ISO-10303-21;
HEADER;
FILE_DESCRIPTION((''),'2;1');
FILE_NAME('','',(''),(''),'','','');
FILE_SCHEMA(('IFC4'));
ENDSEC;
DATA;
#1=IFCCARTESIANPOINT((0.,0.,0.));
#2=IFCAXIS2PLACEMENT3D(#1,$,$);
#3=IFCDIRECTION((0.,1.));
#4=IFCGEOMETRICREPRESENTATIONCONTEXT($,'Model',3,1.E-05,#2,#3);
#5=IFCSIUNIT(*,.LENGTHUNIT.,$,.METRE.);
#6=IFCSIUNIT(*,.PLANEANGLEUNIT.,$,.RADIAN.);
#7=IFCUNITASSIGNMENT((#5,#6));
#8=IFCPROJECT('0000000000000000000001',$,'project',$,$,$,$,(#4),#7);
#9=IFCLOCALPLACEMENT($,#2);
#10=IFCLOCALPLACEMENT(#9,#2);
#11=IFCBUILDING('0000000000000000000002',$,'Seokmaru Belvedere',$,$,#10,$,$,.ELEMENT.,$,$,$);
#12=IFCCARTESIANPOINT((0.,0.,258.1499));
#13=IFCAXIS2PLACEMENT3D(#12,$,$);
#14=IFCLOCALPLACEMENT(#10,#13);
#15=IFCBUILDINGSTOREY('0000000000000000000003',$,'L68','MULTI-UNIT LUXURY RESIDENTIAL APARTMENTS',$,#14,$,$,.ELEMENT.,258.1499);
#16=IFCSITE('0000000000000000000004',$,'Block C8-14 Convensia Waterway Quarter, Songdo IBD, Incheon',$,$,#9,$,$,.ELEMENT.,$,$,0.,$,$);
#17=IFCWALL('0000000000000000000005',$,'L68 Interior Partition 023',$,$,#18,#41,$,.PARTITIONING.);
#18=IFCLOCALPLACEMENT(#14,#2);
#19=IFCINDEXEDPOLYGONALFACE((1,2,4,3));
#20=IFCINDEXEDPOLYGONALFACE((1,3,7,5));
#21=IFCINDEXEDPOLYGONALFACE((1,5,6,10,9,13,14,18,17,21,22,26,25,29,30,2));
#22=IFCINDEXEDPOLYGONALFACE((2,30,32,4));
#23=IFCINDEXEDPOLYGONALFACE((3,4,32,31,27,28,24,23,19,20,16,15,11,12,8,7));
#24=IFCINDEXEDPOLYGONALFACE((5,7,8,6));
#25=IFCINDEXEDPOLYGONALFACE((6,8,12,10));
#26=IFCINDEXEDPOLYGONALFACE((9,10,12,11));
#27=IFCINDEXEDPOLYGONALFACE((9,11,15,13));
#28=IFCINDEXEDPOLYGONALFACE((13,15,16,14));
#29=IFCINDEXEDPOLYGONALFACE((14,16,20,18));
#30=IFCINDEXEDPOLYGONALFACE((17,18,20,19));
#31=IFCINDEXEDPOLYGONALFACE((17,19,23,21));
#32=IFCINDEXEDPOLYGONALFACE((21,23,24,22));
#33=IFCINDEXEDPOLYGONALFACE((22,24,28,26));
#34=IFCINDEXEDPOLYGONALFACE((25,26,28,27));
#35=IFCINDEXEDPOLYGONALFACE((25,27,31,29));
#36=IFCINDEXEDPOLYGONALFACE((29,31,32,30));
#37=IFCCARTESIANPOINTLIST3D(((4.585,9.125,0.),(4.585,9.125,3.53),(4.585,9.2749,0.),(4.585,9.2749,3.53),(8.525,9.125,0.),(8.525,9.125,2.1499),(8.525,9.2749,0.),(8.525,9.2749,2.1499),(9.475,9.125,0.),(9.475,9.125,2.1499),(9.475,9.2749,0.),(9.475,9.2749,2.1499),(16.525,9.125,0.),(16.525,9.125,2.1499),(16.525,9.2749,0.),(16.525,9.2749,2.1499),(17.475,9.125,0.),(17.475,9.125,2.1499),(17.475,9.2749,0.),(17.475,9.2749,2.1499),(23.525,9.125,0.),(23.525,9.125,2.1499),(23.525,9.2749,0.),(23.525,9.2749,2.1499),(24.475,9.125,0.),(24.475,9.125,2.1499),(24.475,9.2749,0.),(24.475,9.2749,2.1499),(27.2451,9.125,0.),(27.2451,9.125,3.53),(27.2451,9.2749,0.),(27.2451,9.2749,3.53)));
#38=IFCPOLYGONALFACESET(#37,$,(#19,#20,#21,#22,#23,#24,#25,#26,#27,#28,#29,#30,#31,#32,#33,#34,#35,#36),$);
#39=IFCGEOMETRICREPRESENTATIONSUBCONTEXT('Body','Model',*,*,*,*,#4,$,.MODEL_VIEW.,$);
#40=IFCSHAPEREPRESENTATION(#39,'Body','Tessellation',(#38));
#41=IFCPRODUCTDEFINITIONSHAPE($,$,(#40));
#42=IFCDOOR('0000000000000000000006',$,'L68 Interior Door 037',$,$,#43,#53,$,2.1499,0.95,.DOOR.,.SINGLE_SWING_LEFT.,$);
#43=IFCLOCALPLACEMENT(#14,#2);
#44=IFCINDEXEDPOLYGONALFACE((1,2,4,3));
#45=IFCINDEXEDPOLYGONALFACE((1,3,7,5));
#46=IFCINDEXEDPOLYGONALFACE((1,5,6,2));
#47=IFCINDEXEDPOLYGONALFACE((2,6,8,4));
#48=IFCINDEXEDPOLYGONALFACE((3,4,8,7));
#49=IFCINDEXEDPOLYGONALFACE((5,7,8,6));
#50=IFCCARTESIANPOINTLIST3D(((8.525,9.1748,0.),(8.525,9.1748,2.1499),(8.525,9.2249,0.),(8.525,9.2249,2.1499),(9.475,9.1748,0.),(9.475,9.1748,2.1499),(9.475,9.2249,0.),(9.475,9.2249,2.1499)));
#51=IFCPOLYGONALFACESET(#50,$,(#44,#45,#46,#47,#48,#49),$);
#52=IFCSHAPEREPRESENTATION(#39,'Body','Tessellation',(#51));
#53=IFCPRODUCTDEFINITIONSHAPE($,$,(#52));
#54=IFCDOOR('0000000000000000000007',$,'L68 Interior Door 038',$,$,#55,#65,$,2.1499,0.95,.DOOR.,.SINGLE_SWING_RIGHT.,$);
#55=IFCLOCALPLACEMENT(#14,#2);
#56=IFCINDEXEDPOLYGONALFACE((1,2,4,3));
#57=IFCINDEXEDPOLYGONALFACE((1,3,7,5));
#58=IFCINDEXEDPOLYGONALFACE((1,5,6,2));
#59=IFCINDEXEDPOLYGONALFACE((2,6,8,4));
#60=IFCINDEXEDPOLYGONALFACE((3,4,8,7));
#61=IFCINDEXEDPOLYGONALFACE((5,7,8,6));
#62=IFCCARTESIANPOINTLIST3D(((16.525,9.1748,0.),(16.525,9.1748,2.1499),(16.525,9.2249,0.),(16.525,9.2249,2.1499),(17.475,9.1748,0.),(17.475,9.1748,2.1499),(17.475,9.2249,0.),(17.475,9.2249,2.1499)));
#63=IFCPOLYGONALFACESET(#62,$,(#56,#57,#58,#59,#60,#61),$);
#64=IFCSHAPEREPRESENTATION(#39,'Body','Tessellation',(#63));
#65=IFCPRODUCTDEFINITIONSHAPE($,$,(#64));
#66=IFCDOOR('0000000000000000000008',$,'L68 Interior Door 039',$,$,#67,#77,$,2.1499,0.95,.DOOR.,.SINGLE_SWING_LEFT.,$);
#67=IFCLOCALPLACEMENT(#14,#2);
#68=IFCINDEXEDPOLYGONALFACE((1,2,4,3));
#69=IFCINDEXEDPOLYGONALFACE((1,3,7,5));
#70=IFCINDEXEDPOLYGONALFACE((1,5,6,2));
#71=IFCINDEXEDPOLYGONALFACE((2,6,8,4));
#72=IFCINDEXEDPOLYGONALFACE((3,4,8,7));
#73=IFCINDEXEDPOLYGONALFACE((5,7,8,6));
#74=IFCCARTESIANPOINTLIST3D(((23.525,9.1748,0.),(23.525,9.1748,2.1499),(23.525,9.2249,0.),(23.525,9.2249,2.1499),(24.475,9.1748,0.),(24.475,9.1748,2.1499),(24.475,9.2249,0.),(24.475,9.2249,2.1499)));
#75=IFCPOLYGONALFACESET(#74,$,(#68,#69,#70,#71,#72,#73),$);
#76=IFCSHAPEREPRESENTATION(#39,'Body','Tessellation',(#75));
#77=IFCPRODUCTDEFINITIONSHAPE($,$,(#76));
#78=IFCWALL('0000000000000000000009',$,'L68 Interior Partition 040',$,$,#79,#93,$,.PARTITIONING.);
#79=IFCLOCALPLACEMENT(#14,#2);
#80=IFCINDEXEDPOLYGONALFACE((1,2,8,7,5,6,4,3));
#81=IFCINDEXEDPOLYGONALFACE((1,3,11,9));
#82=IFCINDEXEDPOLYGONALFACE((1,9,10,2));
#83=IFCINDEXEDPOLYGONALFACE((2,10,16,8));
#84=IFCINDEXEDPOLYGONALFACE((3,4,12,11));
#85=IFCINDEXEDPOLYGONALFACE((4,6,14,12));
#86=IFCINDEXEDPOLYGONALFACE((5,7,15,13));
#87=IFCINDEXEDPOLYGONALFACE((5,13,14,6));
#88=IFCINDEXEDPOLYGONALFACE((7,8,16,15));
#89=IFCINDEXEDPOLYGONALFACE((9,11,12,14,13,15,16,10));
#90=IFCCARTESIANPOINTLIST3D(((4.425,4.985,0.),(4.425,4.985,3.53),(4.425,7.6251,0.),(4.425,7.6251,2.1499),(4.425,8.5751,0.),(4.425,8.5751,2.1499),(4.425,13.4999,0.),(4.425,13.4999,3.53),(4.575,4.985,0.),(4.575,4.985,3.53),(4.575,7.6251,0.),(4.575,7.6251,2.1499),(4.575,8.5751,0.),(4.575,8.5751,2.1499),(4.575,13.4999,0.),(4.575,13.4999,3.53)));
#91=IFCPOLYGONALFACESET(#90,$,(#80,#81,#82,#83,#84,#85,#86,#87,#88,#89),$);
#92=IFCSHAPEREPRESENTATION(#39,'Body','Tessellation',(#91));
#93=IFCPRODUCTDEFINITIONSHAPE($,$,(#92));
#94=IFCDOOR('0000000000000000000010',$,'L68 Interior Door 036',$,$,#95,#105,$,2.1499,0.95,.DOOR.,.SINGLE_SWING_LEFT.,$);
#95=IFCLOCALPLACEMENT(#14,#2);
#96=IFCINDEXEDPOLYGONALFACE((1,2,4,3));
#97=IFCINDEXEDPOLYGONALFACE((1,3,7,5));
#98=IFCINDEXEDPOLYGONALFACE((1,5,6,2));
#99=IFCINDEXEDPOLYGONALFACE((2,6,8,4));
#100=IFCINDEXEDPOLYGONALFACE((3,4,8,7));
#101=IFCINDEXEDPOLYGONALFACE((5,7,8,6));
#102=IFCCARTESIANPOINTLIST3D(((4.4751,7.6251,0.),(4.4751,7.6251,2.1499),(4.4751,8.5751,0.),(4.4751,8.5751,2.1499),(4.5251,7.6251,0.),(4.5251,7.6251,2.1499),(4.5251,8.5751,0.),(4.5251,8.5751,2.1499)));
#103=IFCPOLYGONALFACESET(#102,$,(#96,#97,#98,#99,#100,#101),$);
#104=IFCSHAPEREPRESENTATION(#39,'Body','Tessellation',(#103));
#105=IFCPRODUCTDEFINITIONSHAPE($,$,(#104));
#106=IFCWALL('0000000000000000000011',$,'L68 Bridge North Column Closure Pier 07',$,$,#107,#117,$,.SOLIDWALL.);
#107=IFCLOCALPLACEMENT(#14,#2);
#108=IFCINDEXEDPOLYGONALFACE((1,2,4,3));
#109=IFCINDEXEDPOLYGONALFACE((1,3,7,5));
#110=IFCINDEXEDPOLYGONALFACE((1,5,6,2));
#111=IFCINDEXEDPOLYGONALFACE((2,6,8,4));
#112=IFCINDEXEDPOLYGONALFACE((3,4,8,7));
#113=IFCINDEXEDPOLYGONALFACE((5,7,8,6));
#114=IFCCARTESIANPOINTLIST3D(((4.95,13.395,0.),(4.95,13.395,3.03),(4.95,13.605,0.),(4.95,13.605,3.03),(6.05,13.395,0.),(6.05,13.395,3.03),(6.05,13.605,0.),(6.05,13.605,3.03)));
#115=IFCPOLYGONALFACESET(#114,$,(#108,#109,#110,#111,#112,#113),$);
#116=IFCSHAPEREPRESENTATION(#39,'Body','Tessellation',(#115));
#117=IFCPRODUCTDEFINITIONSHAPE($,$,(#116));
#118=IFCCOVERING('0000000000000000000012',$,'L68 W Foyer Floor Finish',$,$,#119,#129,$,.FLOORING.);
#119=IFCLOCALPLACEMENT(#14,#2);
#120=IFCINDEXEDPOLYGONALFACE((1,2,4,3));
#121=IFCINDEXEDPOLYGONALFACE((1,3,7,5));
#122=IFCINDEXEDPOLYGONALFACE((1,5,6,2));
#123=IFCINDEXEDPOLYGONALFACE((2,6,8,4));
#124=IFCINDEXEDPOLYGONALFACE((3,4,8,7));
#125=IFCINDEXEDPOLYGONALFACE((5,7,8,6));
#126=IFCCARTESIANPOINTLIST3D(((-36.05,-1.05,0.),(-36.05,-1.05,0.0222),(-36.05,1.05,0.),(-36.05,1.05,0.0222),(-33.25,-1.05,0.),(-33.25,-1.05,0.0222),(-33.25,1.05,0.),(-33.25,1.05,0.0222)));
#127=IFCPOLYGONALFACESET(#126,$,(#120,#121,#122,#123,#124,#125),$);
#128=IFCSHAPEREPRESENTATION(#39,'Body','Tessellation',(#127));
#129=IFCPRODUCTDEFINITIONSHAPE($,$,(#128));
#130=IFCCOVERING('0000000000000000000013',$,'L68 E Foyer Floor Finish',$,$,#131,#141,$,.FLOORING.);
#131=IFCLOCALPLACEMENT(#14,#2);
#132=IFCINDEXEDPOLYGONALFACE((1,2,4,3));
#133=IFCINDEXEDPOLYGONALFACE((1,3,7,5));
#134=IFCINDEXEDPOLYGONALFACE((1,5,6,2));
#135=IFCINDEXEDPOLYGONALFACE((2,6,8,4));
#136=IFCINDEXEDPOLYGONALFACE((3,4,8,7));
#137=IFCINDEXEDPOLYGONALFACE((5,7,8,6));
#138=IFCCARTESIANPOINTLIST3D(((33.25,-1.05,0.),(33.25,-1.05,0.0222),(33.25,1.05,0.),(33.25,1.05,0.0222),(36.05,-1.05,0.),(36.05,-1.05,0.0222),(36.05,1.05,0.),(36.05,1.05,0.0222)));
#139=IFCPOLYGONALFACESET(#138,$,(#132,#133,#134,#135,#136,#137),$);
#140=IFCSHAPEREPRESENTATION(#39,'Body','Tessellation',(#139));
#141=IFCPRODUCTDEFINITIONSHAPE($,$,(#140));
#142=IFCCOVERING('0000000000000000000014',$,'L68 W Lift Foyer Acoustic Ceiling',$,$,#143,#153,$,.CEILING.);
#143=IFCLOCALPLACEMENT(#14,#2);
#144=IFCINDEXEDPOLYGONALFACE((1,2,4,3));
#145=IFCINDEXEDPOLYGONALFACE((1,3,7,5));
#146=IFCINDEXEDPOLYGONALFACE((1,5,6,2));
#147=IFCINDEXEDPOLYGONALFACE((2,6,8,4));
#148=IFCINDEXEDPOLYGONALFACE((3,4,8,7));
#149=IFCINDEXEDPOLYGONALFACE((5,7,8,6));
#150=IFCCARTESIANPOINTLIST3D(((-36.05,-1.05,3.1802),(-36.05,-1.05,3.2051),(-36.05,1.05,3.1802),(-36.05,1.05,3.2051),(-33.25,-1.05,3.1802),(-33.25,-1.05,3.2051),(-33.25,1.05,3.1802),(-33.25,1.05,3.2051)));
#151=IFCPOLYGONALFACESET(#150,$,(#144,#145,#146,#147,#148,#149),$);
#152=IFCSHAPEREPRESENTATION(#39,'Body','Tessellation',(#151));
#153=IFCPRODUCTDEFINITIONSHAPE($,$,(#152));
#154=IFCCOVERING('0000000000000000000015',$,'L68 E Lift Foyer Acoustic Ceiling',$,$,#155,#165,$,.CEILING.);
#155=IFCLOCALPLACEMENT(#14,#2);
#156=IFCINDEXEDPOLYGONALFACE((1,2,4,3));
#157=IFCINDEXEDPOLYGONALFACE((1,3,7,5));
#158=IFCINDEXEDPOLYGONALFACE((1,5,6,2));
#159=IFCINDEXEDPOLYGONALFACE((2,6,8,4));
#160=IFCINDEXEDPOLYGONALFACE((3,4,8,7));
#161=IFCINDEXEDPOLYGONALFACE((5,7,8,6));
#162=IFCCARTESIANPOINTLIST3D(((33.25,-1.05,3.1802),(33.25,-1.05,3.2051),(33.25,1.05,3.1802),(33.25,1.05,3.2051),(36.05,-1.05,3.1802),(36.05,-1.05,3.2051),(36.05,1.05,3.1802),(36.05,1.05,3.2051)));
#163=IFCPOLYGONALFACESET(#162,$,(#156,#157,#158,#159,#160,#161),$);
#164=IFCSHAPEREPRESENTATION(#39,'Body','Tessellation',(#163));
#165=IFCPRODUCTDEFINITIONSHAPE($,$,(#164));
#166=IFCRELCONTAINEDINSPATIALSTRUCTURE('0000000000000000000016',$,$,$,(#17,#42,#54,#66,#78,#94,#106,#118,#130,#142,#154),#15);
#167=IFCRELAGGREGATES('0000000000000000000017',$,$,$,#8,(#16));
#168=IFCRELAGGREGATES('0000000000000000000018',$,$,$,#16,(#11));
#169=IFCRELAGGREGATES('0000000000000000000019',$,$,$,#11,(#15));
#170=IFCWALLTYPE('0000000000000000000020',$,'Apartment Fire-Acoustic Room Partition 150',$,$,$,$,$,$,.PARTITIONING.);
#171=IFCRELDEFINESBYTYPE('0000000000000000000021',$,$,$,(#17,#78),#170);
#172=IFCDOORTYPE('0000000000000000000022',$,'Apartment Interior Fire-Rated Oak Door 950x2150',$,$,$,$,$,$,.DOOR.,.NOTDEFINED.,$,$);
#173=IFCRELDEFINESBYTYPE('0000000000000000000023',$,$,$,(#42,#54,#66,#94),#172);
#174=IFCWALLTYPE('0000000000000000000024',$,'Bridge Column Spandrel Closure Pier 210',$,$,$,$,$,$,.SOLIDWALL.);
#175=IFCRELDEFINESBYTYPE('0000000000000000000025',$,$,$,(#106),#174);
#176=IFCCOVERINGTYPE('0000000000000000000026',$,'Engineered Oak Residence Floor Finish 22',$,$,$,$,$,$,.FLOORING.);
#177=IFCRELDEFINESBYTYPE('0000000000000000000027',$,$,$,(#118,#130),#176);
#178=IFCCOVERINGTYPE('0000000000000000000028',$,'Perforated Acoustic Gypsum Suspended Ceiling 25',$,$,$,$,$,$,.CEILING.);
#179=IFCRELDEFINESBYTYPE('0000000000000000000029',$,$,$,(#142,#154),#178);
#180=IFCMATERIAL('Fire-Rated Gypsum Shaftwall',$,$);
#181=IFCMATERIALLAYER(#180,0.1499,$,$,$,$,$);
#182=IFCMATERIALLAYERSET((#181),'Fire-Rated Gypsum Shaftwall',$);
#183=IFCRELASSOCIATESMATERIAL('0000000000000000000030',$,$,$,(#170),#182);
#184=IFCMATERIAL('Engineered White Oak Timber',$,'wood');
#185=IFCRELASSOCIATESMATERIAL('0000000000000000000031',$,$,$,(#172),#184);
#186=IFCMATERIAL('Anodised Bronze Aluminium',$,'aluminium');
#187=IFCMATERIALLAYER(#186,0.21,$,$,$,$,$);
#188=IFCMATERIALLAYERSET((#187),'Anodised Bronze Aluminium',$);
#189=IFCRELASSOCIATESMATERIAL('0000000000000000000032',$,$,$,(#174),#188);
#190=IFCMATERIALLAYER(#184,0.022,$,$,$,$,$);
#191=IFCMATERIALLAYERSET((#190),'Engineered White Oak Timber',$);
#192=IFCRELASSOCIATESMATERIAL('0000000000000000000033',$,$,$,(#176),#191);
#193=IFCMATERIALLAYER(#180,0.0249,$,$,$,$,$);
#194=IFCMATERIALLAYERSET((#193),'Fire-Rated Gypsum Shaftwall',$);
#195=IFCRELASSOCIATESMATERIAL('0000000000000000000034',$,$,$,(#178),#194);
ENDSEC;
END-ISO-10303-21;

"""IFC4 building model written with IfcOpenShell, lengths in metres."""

from ifc_helpers import new_model, si_unit, direction, frame, frame_2d, origin, place, context, subcontext, project, spatial, polyline, rectangle, outline, extrude, source, transform, mapped, material, layer, layer_set, type_object, type_shapes, element, fill, save


model = new_model("IFC4")

# Units and contexts
model_context = context("Model", 3, precision=1e-05, world=origin(), true_north=direction((0.0, 1.0)))
body_context = subcontext(model_context, "Body", "Model", "MODEL_VIEW")
ifc_project = project(units=[si_unit("LENGTHUNIT", "METRE"), si_unit("PLANEANGLEUNIT", "RADIAN")], contexts=[model_context])

# Site, building, storey
site_placement = place(None, origin())
site = spatial("IfcSite", under=ifc_project, at=site_placement, Name="Block C8-14 Convensia Waterway Quarter, Songdo IBD, Incheon", CompositionType="ELEMENT", RefElevation=0.0)
building_placement = place(site_placement, origin())
building = spatial("IfcBuilding", under=site, at=building_placement, Name="Seokmaru Belvedere", CompositionType="ELEMENT")
storey_placement = place(building_placement, frame((0.0, 0.0, 258.1499)))
storey = spatial("IfcBuildingStorey", under=building, at=storey_placement, Name="L68", Description="MULTI-UNIT LUXURY RESIDENTIAL APARTMENTS", CompositionType="ELEMENT", Elevation=258.1499)

# Shared definitions
ifc_material_1 = material(Name="Anodised Bronze Aluminium", Category="aluminium")

# Wall, openings, doors
ifc_material_2 = material(Name="Fire-Rated Gypsum Shaftwall")
ifc_layer_1 = layer(ifc_material_2, 0.1499)
ifc_layer_set_1 = layer_set([ifc_layer_1], Name="Fire-Rated Gypsum Shaftwall")
wall_type_1 = type_object("IfcWallType", Name="Apartment Fire-Acoustic Room Partition 150", PredefinedType="PARTITIONING", material=ifc_layer_set_1)
wall_1_placement = place(storey_placement, frame((4.585, 9.2, 0.0), z_axis=(0.0, 0.0, 1.0), x_axis=(1.0, 0.0, 0.0)))
wall_1 = element("IfcWall", 1, at=wall_1_placement, inside=storey, type_object=wall_type_1, Name="L68 Interior Partition 023", PredefinedType="PARTITIONING", context=body_context, shape_type="SweptSolid", body=[
    extrude(rectangle(XDim=22.6602, YDim=0.1499, at=frame_2d((11.3301, 0.0))), origin(), (0.0, 0.0, 1.0), 3.53),
])
opening_1_placement = place(wall_1_placement, frame((3.9399, 0.0, 0.0)))
opening_1 = element("IfcOpeningElement", 2, at=opening_1_placement, cuts=wall_1, PredefinedType="OPENING", context=body_context, shape_type="SweptSolid", body=[
    extrude(rectangle(XDim=0.95, YDim=2.1499, at=frame_2d((0.4751, 1.075))), frame((0.0, 0.085, 0.0), z_axis=(0.0, -1.0, 0.0), x_axis=(1.0, 0.0, 0.0)), (0.0, 0.0, 1.0), 0.1699),
])
opening_2_placement = place(wall_1_placement, frame((11.9399, 0.0, 0.0)))
opening_2 = element("IfcOpeningElement", 3, at=opening_2_placement, cuts=wall_1, PredefinedType="OPENING", context=body_context, shape_type="SweptSolid", body=[
    extrude(rectangle(XDim=0.95, YDim=2.1499, at=frame_2d((0.4751, 1.075))), frame((0.0, 0.085, 0.0), z_axis=(0.0, -1.0, 0.0), x_axis=(1.0, 0.0, 0.0)), (0.0, 0.0, 1.0), 0.1699),
])
opening_3_placement = place(wall_1_placement, frame((18.9399, 0.0, 0.0)))
opening_3 = element("IfcOpeningElement", 4, at=opening_3_placement, cuts=wall_1, PredefinedType="OPENING", context=body_context, shape_type="SweptSolid", body=[
    extrude(rectangle(XDim=0.95, YDim=2.1499, at=frame_2d((0.4751, 1.075))), frame((0.0, 0.085, 0.0), z_axis=(0.0, -1.0, 0.0), x_axis=(1.0, 0.0, 0.0)), (0.0, 0.0, 1.0), 0.1699),
])
ifc_material_3 = material(Name="Engineered White Oak Timber", Category="wood")
door_type = type_object("IfcDoorType", Name="Apartment Interior Fire-Rated Oak Door 950x2150", OperationType="NOTDEFINED", PredefinedType="DOOR", material=ifc_material_3)
shared_shape_1 = source(origin(), body_context, "Body", "SweptSolid", [
    extrude(rectangle(XDim=0.95, YDim=2.1499, at=frame_2d((0.4751, 1.075))), frame((0.0, 0.0249, 0.0), z_axis=(0.0, -1.0, 0.0), x_axis=(1.0, 0.0, 0.0)), (0.0, 0.0, 1.0), 0.05),
])
type_shapes(door_type, [shared_shape_1])
door_1_placement = place(opening_1_placement, origin())
door_1 = element("IfcDoor", 5, at=door_1_placement, inside=storey, type_object=door_type, Name="L68 Interior Door 037", OperationType="SINGLE_SWING_LEFT", OverallHeight=2.1499, OverallWidth=0.95, PredefinedType="DOOR", context=body_context, shape_type="MappedRepresentation", body=[
    mapped(shared_shape_1, transform((0.0, 0.0, 0.0), scale=1.0)),
])
fill(opening_1, door_1)
door_2_placement = place(opening_2_placement, origin())
door_2 = element("IfcDoor", 6, at=door_2_placement, inside=storey, type_object=door_type, Name="L68 Interior Door 038", OperationType="SINGLE_SWING_RIGHT", OverallHeight=2.1499, OverallWidth=0.95, PredefinedType="DOOR", context=body_context, shape_type="MappedRepresentation", body=[
    mapped(shared_shape_1, transform((0.0, 0.0, 0.0), scale=1.0)),
])
fill(opening_2, door_2)
door_3_placement = place(opening_3_placement, origin())
door_3 = element("IfcDoor", 7, at=door_3_placement, inside=storey, type_object=door_type, Name="L68 Interior Door 039", OperationType="SINGLE_SWING_LEFT", OverallHeight=2.1499, OverallWidth=0.95, PredefinedType="DOOR", context=body_context, shape_type="MappedRepresentation", body=[
    mapped(shared_shape_1, transform((0.0, 0.0, 0.0), scale=1.0)),
])
fill(opening_3, door_3)

# Wall, opening, door
wall_2_placement = place(storey_placement, frame((4.5, 4.9851, 0.0), z_axis=(0.0, 0.0, 1.0), x_axis=(0.0, 1.0, 0.0)))
wall_2 = element("IfcWall", 8, at=wall_2_placement, inside=storey, type_object=wall_type_1, Name="L68 Interior Partition 040", PredefinedType="PARTITIONING", context=body_context, shape_type="SweptSolid", body=[
    extrude(rectangle(XDim=8.5149, YDim=0.1499, at=frame_2d((4.2573, 0.0))), origin(), (0.0, 0.0, 1.0), 3.53),
])
opening_4_placement = place(wall_2_placement, frame((2.6399, 0.0, 0.0)))
opening_4 = element("IfcOpeningElement", 9, at=opening_4_placement, cuts=wall_2, PredefinedType="OPENING", context=body_context, shape_type="SweptSolid", body=[
    extrude(rectangle(XDim=0.95, YDim=2.1499, at=frame_2d((0.4751, 1.075))), frame((0.0, 0.085, 0.0), z_axis=(0.0, -1.0, 0.0), x_axis=(1.0, 0.0, 0.0)), (0.0, 0.0, 1.0), 0.1699),
])
door_4_placement = place(opening_4_placement, origin())
door_4 = element("IfcDoor", 10, at=door_4_placement, inside=storey, type_object=door_type, Name="L68 Interior Door 036", OperationType="SINGLE_SWING_LEFT", OverallHeight=2.1499, OverallWidth=0.95, PredefinedType="DOOR", context=body_context, shape_type="MappedRepresentation", body=[
    mapped(shared_shape_1, transform((0.0, 0.0, 0.0), scale=1.0)),
])
fill(opening_4, door_4)

# Wall
ifc_layer_2 = layer(ifc_material_1, 0.21)
ifc_layer_set_2 = layer_set([ifc_layer_2], Name="Anodised Bronze Aluminium")
wall_type_2 = type_object("IfcWallType", Name="Bridge Column Spandrel Closure Pier 210", PredefinedType="SOLIDWALL", material=ifc_layer_set_2)
wall_3_placement = place(storey_placement, frame((4.95, 13.5, 0.0), z_axis=(0.0, 0.0, 1.0), x_axis=(1.0, 0.0, 0.0)))
element("IfcWall", 11, at=wall_3_placement, inside=storey, type_object=wall_type_2, Name="L68 Bridge North Column Closure Pier 07", PredefinedType="SOLIDWALL", context=body_context, shape_type="SweptSolid", body=[
    extrude(rectangle(XDim=1.1001, YDim=0.21, at=frame_2d((0.55, 0.0))), origin(), (0.0, 0.0, 1.0), 3.03),
])

# Coverings
ifc_layer_3 = layer(ifc_material_3, 0.022)
ifc_layer_set_3 = layer_set([ifc_layer_3], Name="Engineered White Oak Timber")
covering_type_1 = type_object("IfcCoveringType", Name="Engineered Oak Residence Floor Finish 22", PredefinedType="FLOORING", material=ifc_layer_set_3)
covering_1_placement = place(storey_placement, origin())
element("IfcCovering", 12, at=covering_1_placement, inside=storey, type_object=covering_type_1, Name="L68 W Foyer Floor Finish", PredefinedType="FLOORING", context=body_context, shape_type="SweptSolid", body=[
    extrude(outline(polyline([(-36.05, -1.05), (-33.25, -1.05), (-33.25, 1.05), (-36.05, 1.05), (-36.05, -1.05)])), origin(), (0.0, 0.0, 1.0), 0.0222),
])
covering_2_placement = place(storey_placement, origin())
element("IfcCovering", 13, at=covering_2_placement, inside=storey, type_object=covering_type_1, Name="L68 E Foyer Floor Finish", PredefinedType="FLOORING", context=body_context, shape_type="SweptSolid", body=[
    extrude(outline(polyline([(33.25, -1.05), (36.05, -1.05), (36.05, 1.05), (33.25, 1.05), (33.25, -1.05)])), origin(), (0.0, 0.0, 1.0), 0.0222),
])
ifc_layer_4 = layer(ifc_material_2, 0.0249)
ifc_layer_set_4 = layer_set([ifc_layer_4], Name="Fire-Rated Gypsum Shaftwall")
covering_type_2 = type_object("IfcCoveringType", Name="Perforated Acoustic Gypsum Suspended Ceiling 25", PredefinedType="CEILING", material=ifc_layer_set_4)
covering_3_placement = place(storey_placement, frame((0.0, 0.0, 3.1802)))
element("IfcCovering", 14, at=covering_3_placement, inside=storey, type_object=covering_type_2, Name="L68 W Lift Foyer Acoustic Ceiling", PredefinedType="CEILING", context=body_context, shape_type="SweptSolid", body=[
    extrude(outline(polyline([(-36.05, -1.05), (-33.25, -1.05), (-33.25, 1.05), (-36.05, 1.05), (-36.05, -1.05)])), origin(), (0.0, 0.0, 1.0), 0.0249),
])
covering_4_placement = place(storey_placement, frame((0.0, 0.0, 3.1802)))
element("IfcCovering", 15, at=covering_4_placement, inside=storey, type_object=covering_type_2, Name="L68 E Lift Foyer Acoustic Ceiling", PredefinedType="CEILING", context=body_context, shape_type="SweptSolid", body=[
    extrude(outline(polyline([(33.25, -1.05), (36.05, -1.05), (36.05, 1.05), (33.25, 1.05), (33.25, -1.05)])), origin(), (0.0, 0.0, 1.0), 0.0249),
])

save(model, "model.ifc")
